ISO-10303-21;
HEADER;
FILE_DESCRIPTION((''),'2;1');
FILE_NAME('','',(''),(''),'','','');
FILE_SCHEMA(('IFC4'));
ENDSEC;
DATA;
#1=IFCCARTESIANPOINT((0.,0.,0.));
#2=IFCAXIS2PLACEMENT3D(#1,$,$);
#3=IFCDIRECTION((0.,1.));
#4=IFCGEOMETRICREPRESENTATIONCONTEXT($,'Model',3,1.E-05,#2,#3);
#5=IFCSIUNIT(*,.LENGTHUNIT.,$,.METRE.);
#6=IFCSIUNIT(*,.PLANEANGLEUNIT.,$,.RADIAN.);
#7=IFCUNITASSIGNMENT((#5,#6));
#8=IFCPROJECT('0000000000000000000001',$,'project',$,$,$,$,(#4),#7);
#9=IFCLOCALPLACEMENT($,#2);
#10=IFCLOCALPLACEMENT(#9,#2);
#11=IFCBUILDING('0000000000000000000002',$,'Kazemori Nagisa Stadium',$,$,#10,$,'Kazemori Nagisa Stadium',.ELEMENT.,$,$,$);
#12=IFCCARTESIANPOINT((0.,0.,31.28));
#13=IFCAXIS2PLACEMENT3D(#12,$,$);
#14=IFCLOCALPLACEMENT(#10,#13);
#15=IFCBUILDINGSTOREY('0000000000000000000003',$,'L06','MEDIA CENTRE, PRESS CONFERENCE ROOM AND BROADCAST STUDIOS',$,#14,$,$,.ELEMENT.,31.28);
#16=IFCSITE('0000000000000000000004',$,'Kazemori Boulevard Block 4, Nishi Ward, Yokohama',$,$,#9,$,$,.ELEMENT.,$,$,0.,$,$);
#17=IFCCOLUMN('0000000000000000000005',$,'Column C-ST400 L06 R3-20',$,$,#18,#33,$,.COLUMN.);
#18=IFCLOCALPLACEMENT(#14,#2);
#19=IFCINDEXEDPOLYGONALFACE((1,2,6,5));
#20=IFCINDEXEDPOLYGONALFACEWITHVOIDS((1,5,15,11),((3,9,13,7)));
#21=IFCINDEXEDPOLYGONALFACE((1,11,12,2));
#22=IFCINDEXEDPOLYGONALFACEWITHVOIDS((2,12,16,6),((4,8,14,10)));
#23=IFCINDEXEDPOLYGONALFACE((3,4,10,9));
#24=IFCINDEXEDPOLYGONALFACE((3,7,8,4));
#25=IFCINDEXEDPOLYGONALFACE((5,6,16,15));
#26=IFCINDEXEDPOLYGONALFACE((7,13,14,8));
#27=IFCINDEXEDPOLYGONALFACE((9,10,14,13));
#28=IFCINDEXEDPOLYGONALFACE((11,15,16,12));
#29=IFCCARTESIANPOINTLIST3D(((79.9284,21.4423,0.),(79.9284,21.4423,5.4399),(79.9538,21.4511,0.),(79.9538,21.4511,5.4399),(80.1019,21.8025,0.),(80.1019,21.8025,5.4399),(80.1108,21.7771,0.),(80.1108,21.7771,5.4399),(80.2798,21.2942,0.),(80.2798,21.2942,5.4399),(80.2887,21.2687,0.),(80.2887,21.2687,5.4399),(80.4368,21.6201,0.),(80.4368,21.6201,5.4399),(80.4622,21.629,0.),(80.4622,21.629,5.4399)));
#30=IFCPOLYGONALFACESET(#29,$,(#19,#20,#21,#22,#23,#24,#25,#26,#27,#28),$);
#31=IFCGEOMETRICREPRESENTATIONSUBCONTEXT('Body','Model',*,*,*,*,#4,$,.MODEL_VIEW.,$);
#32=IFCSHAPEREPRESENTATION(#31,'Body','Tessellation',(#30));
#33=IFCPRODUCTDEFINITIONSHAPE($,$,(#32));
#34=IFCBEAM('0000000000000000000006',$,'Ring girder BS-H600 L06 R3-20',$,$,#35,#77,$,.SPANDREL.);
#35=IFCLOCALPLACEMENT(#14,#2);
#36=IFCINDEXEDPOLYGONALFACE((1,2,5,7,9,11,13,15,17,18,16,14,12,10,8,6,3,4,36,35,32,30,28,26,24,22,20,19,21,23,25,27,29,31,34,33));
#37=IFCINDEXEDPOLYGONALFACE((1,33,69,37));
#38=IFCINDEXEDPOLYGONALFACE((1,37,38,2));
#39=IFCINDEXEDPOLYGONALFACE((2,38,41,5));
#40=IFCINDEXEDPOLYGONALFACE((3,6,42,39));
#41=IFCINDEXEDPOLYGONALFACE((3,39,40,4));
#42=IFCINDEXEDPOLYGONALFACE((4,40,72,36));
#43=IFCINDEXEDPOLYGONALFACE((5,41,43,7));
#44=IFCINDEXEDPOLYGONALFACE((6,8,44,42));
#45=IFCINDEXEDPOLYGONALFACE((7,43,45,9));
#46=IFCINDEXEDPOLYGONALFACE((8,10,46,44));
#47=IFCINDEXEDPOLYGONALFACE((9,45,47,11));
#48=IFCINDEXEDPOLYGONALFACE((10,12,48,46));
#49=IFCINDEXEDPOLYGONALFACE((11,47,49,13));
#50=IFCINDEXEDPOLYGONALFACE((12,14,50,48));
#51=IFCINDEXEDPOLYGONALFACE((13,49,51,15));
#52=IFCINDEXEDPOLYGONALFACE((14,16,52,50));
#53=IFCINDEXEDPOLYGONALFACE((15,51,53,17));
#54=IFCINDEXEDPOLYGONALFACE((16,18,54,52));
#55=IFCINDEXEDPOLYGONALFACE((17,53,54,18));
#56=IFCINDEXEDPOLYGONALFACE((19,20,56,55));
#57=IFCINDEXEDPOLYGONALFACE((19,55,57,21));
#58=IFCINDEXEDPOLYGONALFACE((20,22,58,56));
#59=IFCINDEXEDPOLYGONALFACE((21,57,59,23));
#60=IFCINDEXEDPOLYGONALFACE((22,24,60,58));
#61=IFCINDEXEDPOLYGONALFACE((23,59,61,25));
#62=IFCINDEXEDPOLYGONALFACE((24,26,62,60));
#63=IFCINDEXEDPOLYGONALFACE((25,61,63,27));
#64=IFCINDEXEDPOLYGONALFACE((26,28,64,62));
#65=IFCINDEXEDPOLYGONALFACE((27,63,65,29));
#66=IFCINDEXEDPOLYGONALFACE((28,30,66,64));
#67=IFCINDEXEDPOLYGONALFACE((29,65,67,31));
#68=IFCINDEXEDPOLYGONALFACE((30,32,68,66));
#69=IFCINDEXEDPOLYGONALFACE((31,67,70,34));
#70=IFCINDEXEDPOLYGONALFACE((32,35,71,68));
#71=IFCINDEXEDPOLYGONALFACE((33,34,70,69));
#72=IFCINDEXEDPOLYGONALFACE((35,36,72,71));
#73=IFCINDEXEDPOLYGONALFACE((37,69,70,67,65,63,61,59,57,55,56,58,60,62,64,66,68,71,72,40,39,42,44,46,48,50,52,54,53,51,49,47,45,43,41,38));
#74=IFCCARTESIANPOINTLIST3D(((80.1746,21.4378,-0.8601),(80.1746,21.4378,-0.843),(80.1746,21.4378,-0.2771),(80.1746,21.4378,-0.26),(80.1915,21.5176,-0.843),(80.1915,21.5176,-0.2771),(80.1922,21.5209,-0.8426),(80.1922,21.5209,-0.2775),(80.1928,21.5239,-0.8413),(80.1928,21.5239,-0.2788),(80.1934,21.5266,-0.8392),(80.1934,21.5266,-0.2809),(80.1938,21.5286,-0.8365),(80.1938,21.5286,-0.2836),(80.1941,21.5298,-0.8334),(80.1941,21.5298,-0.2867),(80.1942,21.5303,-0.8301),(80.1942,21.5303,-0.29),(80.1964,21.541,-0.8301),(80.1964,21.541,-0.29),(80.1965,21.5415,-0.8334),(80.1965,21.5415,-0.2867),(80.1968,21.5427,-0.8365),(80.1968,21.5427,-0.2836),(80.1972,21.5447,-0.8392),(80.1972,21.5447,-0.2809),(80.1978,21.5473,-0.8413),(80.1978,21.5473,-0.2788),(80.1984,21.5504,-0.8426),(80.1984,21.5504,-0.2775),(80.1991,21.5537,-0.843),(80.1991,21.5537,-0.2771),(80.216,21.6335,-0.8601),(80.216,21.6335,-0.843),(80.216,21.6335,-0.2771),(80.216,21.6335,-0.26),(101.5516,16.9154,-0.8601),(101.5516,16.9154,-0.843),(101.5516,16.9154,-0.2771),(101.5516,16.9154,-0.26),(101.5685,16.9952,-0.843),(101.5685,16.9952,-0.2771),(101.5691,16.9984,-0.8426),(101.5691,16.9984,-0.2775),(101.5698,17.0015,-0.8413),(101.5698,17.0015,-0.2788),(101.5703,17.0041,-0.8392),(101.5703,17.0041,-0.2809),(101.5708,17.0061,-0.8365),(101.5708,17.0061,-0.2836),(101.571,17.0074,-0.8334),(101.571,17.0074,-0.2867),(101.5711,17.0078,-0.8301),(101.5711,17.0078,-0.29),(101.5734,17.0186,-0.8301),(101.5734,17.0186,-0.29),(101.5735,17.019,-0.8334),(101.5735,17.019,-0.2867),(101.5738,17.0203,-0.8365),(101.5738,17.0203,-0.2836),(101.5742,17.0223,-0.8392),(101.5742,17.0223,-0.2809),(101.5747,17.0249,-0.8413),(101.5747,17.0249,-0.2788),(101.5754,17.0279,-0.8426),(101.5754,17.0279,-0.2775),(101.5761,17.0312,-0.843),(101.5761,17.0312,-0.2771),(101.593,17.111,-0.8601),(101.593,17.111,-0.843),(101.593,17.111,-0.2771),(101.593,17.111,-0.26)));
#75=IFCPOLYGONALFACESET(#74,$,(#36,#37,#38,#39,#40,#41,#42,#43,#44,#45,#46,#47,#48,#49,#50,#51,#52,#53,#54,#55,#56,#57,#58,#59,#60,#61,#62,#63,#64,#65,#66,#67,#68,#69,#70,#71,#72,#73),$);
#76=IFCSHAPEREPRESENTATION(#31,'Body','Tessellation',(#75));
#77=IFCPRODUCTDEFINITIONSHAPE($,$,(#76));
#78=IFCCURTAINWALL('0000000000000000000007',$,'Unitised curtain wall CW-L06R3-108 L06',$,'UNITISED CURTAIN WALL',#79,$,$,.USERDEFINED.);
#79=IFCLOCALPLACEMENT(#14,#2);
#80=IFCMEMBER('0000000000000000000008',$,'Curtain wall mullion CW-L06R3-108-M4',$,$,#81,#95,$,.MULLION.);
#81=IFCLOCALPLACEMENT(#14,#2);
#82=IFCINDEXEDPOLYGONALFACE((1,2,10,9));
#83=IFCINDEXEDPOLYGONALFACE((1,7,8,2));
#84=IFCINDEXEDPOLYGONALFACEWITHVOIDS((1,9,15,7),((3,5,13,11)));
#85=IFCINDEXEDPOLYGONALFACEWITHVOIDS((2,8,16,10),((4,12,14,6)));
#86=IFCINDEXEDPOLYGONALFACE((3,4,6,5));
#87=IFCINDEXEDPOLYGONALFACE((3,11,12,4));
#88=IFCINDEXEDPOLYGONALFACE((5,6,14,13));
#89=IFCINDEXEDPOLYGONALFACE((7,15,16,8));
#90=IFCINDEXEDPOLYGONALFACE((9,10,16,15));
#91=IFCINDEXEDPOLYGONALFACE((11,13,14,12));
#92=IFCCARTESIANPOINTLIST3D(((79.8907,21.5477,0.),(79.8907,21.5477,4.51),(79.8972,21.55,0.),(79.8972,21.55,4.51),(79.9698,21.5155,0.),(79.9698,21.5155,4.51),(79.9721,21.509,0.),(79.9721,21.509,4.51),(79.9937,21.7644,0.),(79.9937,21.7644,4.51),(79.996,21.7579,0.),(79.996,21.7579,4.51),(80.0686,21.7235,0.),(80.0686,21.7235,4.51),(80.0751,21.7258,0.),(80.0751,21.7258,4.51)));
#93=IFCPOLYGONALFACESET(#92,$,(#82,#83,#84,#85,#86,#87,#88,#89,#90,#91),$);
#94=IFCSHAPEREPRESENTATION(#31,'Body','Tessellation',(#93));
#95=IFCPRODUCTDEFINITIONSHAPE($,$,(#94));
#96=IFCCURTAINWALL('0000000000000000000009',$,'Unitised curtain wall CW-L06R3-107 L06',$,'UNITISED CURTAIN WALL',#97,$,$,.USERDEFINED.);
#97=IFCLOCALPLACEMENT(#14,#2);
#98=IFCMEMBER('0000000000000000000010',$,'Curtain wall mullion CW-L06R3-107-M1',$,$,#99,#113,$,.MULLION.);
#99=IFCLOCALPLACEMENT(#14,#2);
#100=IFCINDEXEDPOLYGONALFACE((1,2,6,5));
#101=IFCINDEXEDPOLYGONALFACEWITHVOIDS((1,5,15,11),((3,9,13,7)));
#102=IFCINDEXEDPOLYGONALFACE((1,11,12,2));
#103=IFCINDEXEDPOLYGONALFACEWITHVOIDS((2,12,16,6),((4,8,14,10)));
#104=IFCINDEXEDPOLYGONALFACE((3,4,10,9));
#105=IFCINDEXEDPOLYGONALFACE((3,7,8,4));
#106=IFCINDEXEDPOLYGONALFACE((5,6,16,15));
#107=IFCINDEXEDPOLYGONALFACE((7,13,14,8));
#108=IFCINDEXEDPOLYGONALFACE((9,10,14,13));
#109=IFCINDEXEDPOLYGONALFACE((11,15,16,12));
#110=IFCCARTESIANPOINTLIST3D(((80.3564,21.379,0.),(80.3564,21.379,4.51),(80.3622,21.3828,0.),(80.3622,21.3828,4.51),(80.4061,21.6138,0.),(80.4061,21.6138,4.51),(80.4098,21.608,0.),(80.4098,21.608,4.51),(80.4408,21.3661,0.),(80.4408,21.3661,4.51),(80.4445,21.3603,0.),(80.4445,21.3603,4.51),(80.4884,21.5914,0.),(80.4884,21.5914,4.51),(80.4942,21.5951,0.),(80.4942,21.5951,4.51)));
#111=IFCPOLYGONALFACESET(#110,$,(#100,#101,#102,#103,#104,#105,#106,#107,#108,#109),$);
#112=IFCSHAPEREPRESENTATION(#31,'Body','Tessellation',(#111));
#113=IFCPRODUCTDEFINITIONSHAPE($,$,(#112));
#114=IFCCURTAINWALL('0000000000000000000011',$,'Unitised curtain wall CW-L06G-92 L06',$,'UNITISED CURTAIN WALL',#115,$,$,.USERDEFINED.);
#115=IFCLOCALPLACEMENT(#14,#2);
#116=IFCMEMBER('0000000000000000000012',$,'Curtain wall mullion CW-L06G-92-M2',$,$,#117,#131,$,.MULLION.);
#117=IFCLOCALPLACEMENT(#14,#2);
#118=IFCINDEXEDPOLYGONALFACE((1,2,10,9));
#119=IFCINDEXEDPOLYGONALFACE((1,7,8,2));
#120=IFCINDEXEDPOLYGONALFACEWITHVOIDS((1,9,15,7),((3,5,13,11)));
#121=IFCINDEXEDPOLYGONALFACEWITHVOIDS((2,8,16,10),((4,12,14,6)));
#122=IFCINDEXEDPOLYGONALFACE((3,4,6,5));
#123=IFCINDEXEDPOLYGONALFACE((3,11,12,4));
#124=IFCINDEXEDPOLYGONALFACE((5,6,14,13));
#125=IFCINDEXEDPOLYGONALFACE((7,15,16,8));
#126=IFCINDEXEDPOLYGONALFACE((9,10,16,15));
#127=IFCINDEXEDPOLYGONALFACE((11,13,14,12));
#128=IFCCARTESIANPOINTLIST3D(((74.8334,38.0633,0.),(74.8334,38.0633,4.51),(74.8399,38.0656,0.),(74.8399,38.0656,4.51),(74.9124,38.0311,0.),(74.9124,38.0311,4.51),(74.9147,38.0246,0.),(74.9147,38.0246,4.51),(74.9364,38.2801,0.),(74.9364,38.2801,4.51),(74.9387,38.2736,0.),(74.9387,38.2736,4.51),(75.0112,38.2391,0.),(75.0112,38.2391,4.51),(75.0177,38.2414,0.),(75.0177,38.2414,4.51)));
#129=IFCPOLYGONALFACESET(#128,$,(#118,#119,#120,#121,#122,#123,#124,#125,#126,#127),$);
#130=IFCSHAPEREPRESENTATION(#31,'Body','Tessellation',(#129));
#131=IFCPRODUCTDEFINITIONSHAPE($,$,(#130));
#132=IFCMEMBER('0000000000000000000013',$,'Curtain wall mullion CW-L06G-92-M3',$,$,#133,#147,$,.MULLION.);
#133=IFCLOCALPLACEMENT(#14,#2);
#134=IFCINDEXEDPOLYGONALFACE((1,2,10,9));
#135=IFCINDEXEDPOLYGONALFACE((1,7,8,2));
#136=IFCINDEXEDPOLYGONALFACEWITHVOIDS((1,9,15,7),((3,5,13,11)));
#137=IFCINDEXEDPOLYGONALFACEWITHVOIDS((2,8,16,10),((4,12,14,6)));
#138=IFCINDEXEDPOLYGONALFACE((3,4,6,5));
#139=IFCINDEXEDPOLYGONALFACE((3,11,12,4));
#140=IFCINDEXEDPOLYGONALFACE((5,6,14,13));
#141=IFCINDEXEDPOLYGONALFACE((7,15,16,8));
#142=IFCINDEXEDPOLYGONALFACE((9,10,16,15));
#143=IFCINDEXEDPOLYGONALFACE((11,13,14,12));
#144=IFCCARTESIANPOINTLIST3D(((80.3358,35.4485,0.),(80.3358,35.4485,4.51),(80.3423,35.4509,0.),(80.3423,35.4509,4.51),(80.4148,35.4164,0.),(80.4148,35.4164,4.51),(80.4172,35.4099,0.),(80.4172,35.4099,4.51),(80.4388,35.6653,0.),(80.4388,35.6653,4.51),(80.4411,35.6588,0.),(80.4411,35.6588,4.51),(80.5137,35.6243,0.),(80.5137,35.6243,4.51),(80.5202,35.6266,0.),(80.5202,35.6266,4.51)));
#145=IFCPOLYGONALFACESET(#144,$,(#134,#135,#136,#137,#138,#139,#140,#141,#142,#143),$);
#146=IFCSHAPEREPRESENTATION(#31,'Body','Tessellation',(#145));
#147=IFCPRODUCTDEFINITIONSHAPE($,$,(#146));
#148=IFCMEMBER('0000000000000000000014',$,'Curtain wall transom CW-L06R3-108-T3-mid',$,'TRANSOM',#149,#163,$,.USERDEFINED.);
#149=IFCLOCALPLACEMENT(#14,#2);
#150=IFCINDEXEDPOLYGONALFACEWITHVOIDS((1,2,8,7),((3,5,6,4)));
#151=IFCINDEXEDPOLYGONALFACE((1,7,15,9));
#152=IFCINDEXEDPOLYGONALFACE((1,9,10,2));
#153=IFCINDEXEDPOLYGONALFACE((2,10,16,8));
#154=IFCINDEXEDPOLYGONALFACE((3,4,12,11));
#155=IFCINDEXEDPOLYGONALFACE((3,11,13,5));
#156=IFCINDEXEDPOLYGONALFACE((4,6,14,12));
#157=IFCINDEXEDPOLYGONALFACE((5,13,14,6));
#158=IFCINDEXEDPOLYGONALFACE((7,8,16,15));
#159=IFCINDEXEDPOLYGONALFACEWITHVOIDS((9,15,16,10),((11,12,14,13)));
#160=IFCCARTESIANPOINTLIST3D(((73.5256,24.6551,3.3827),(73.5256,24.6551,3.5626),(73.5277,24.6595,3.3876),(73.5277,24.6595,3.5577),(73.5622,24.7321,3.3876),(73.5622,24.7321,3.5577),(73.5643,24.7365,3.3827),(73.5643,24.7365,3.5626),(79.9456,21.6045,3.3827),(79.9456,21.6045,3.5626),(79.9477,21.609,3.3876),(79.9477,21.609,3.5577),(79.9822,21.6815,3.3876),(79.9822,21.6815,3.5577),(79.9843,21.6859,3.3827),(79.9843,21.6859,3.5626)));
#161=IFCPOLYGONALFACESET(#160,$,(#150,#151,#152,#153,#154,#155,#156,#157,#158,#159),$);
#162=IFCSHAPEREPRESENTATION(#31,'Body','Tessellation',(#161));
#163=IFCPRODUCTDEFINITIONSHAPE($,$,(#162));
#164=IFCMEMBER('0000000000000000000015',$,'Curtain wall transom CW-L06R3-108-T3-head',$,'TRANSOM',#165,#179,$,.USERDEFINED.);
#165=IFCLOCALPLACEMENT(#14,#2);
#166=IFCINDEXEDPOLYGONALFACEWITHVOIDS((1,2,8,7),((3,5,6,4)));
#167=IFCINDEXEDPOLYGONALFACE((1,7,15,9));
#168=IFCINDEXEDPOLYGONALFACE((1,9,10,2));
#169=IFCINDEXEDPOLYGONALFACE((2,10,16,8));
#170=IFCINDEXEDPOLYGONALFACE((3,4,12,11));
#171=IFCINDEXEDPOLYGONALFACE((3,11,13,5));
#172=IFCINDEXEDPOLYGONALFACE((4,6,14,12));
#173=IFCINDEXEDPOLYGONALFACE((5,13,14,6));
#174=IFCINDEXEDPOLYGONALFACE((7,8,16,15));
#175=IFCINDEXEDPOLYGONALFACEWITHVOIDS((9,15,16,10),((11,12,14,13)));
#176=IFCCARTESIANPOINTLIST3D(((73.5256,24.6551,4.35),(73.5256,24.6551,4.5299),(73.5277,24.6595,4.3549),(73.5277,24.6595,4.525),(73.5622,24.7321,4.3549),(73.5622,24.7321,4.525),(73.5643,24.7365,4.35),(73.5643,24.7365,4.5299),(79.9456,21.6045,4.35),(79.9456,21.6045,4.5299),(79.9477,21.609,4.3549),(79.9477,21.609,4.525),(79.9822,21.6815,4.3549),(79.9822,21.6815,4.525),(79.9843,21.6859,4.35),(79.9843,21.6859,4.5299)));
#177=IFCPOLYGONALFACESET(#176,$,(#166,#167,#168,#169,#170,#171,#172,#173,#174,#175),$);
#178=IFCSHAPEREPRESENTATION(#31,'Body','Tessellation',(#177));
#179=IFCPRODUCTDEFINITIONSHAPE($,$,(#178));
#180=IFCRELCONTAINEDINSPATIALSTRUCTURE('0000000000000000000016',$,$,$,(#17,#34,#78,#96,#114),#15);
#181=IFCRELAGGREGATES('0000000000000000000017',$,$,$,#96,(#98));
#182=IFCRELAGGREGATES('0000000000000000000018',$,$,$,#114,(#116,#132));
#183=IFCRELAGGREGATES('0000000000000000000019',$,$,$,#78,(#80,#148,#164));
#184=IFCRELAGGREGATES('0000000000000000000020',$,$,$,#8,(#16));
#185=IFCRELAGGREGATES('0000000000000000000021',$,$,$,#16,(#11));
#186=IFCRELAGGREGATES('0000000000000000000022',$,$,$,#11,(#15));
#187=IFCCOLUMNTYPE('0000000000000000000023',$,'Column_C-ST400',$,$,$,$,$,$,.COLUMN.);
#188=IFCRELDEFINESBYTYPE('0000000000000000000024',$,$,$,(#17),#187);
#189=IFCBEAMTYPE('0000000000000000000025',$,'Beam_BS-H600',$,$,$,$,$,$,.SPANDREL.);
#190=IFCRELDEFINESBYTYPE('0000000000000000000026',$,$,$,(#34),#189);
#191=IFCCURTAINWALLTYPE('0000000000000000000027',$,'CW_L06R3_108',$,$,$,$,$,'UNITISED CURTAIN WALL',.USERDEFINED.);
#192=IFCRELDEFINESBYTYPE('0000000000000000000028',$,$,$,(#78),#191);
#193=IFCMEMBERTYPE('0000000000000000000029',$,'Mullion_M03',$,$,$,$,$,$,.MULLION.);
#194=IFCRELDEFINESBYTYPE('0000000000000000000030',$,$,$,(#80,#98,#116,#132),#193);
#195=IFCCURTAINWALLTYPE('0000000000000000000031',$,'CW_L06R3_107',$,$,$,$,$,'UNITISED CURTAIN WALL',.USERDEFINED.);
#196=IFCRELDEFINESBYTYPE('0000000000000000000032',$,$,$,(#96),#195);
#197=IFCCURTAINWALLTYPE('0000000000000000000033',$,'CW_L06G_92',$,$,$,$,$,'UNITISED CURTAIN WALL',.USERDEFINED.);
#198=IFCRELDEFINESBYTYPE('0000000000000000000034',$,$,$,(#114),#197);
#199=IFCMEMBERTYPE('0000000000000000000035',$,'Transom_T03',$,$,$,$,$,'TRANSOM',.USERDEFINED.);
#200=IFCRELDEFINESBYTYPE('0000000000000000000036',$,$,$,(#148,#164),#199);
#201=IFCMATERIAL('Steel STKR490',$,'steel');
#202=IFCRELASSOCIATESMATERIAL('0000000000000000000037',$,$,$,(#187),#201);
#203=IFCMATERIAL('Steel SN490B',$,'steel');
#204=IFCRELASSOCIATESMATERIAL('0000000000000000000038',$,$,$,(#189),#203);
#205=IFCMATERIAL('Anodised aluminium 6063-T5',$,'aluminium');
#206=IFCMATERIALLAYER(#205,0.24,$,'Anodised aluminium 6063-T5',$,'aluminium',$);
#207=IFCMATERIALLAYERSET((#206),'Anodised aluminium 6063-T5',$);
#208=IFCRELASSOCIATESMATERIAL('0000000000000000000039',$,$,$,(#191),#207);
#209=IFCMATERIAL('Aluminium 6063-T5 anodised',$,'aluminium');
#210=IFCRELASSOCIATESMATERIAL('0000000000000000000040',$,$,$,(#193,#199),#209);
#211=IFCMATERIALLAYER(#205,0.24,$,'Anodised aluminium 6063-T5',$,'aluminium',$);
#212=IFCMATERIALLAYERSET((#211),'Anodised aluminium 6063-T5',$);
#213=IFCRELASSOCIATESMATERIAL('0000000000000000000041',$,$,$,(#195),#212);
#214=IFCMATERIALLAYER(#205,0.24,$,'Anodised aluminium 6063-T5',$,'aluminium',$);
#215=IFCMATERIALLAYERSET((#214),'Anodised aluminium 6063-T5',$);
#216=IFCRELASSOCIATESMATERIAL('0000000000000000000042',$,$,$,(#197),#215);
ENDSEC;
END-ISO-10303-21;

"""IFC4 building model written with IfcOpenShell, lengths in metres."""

from ifc_helpers import new_model, si_unit, direction, frame, origin, origin_2d, place, context, subcontext, project, spatial, hollow_rectangle, i_section, extrude, material, layer, layer_set, material_profile, profile_set, type_object, element, aggregate, save


model = new_model("IFC4")

# Units and contexts
model_context = context("Model", 3, precision=1e-05, world=origin(), true_north=direction((0.0, 1.0)))
body_context = subcontext(model_context, "Body", "Model", "MODEL_VIEW")
ifc_project = project(units=[si_unit("LENGTHUNIT", "METRE"), si_unit("PLANEANGLEUNIT", "RADIAN")], contexts=[model_context])

# Site, building, storey
site_placement = place(None, origin())
site = spatial("IfcSite", under=ifc_project, at=site_placement, Name="Kazemori Boulevard Block 4, Nishi Ward, Yokohama", CompositionType="ELEMENT", RefElevation=0.0)
building_placement = place(site_placement, origin())
building = spatial("IfcBuilding", under=site, at=building_placement, Name="Kazemori Nagisa Stadium", LongName="Kazemori Nagisa Stadium", CompositionType="ELEMENT")
storey_placement = place(building_placement, frame((0.0, 0.0, 31.28)))
storey = spatial("IfcBuildingStorey", under=building, at=storey_placement, Name="L06", Description="MEDIA CENTRE, PRESS CONFERENCE ROOM AND BROADCAST STUDIOS", CompositionType="ELEMENT", Elevation=31.28)

# Column
ifc_material_1 = material(Name="Steel STKR490", Category="steel")
ifc_material_profile_1 = material_profile(ifc_material_1, hollow_rectangle(XDim=0.3999, YDim=0.3999, WallThickness=0.019, at=origin_2d()), Name="SHS-400x400x19")
ifc_profile_set_1 = profile_set([ifc_material_profile_1], Name="Steel STKR490")
column_type = type_object("IfcColumnType", Name="Column_C-ST400", PredefinedType="COLUMN", material=ifc_profile_set_1)
column_placement = place(storey_placement, frame((80.1953, 21.5356, 0.0), z_axis=(0.0, 0.0, 1.0), x_axis=(-0.433884, -0.900969, 0.0)))
element("IfcColumn", 1, at=column_placement, inside=storey, type_object=column_type, Name="Column C-ST400 L06 R3-20", PredefinedType="COLUMN", context=body_context, shape_type="SweptSolid", body=[
    extrude(hollow_rectangle(XDim=0.3999, YDim=0.3999, WallThickness=0.019, at=origin_2d()), origin(), (0.0, 0.0, 1.0), 5.4399),
])

# Beam
ifc_material_2 = material(Name="Steel SN490B", Category="steel")
ifc_material_profile_2 = material_profile(ifc_material_2, i_section(OverallWidth=0.2, OverallDepth=0.6001, WebThickness=0.011, FlangeThickness=0.0171, FilletRadius=0.0129, at=origin_2d()), Name="H-600x200x11x17")
ifc_profile_set_2 = profile_set([ifc_material_profile_2], Name="Steel SN490B")
beam_type = type_object("IfcBeamType", Name="Beam_BS-H600", PredefinedType="SPANDREL", material=ifc_profile_set_2)
beam_placement = place(storey_placement, frame((80.1953, 21.5356, -0.5601), z_axis=(0.978346, -0.206977, 0.0), x_axis=(0.206977, 0.978346, 0.0)))
element("IfcBeam", 2, at=beam_placement, inside=storey, type_object=beam_type, Name="Ring girder BS-H600 L06 R3-20", PredefinedType="SPANDREL", context=body_context, shape_type="SweptSolid", body=[
    extrude(i_section(OverallWidth=0.2, OverallDepth=0.6001, WebThickness=0.011, FlangeThickness=0.0171, FilletRadius=0.0129, at=origin_2d()), origin(), (0.0, 0.0, 1.0), 21.8501),
])

# Curtain walls, members
ifc_material_3 = material(Name="Anodised aluminium 6063-T5", Category="aluminium")
ifc_layer_1 = layer(ifc_material_3, 0.24, Name="Anodised aluminium 6063-T5", Category="aluminium")
ifc_layer_set_1 = layer_set([ifc_layer_1], Name="Anodised aluminium 6063-T5")
curtain_wall_type_1 = type_object("IfcCurtainWallType", Name="CW_L06R3_108", ElementType="UNITISED CURTAIN WALL", PredefinedType="USERDEFINED", material=ifc_layer_set_1)
curtain_wall_1_placement = place(storey_placement, origin())
curtain_wall_1 = element("IfcCurtainWall", 3, at=curtain_wall_1_placement, inside=storey, type_object=curtain_wall_type_1, Name="Unitised curtain wall CW-L06R3-108 L06", ObjectType="UNITISED CURTAIN WALL", PredefinedType="USERDEFINED")
ifc_material_4 = material(Name="Aluminium 6063-T5 anodised", Category="aluminium")
ifc_material_profile_3 = material_profile(ifc_material_4, hollow_rectangle(XDim=0.0901, YDim=0.24, WallThickness=0.0049, at=origin_2d()), Name="ALU-MULL-90x240x5")
ifc_profile_set_3 = profile_set([ifc_material_profile_3], Name="Aluminium 6063-T5 anodised")
member_type_1 = type_object("IfcMemberType", Name="Mullion_M03", PredefinedType="MULLION", material=ifc_profile_set_3)
member_1_placement = place(storey_placement, frame((79.9829, 21.6367, 0.0), z_axis=(0.0, 0.0, 1.0), x_axis=(0.903216, -0.429186, 0.0)))
member_1 = element("IfcMember", 4, at=member_1_placement, type_object=member_type_1, Name="Curtain wall mullion CW-L06R3-108-M4", PredefinedType="MULLION", context=body_context, shape_type="SweptSolid", body=[
    extrude(hollow_rectangle(XDim=0.0901, YDim=0.24, WallThickness=0.0049, at=origin_2d()), origin(), (0.0, 0.0, 1.0), 4.51),
])
ifc_layer_2 = layer(ifc_material_3, 0.24, Name="Anodised aluminium 6063-T5", Category="aluminium")
ifc_layer_set_2 = layer_set([ifc_layer_2], Name="Anodised aluminium 6063-T5")
curtain_wall_type_2 = type_object("IfcCurtainWallType", Name="CW_L06R3_107", ElementType="UNITISED CURTAIN WALL", PredefinedType="USERDEFINED", material=ifc_layer_set_2)
curtain_wall_2_placement = place(storey_placement, origin())
curtain_wall_2 = element("IfcCurtainWall", 5, at=curtain_wall_2_placement, inside=storey, type_object=curtain_wall_type_2, Name="Unitised curtain wall CW-L06R3-107 L06", ObjectType="UNITISED CURTAIN WALL", PredefinedType="USERDEFINED")
member_2_placement = place(storey_placement, frame((80.4253, 21.4871, 0.0), z_axis=(0.0, 0.0, 1.0), x_axis=(0.978345, -0.206981, 0.0)))
member_2 = element("IfcMember", 6, at=member_2_placement, type_object=member_type_1, Name="Curtain wall mullion CW-L06R3-107-M1", PredefinedType="MULLION", context=body_context, shape_type="SweptSolid", body=[
    extrude(hollow_rectangle(XDim=0.0901, YDim=0.24, WallThickness=0.0049, at=origin_2d()), origin(), (0.0, 0.0, 1.0), 4.51),
])

# Curtain wall, members
ifc_layer_3 = layer(ifc_material_3, 0.24, Name="Anodised aluminium 6063-T5", Category="aluminium")
ifc_layer_set_3 = layer_set([ifc_layer_3], Name="Anodised aluminium 6063-T5")
curtain_wall_type_3 = type_object("IfcCurtainWallType", Name="CW_L06G_92", ElementType="UNITISED CURTAIN WALL", PredefinedType="USERDEFINED", material=ifc_layer_set_3)
curtain_wall_3_placement = place(storey_placement, origin())
curtain_wall_3 = element("IfcCurtainWall", 7, at=curtain_wall_3_placement, inside=storey, type_object=curtain_wall_type_3, Name="Unitised curtain wall CW-L06G-92 L06", ObjectType="UNITISED CURTAIN WALL", PredefinedType="USERDEFINED")
member_3_placement = place(storey_placement, frame((74.9255, 38.1523, 0.0), z_axis=(0.0, 0.0, 1.0), x_axis=(0.903216, -0.429186, 0.0)))
member_3 = element("IfcMember", 8, at=member_3_placement, type_object=member_type_1, Name="Curtain wall mullion CW-L06G-92-M2", PredefinedType="MULLION", context=body_context, shape_type="SweptSolid", body=[
    extrude(hollow_rectangle(XDim=0.0901, YDim=0.24, WallThickness=0.0049, at=origin_2d()), origin(), (0.0, 0.0, 1.0), 4.51),
])
member_4_placement = place(storey_placement, frame((80.428, 35.5376, 0.0), z_axis=(0.0, 0.0, 1.0), x_axis=(0.903216, -0.429186, 0.0)))
member_4 = element("IfcMember", 9, at=member_4_placement, type_object=member_type_1, Name="Curtain wall mullion CW-L06G-92-M3", PredefinedType="MULLION", context=body_context, shape_type="SweptSolid", body=[
    extrude(hollow_rectangle(XDim=0.0901, YDim=0.24, WallThickness=0.0049, at=origin_2d()), origin(), (0.0, 0.0, 1.0), 4.51),
])

# Members
ifc_material_profile_4 = material_profile(ifc_material_4, hollow_rectangle(XDim=0.0901, YDim=0.1799, WallThickness=0.0049, at=origin_2d()), Name="ALU-TRAN-90x180x5")
ifc_profile_set_4 = profile_set([ifc_material_profile_4], Name="Aluminium 6063-T5 anodised")
member_type_2 = type_object("IfcMemberType", Name="Transom_T03", ElementType="TRANSOM", PredefinedType="USERDEFINED", material=ifc_profile_set_4)
member_5_placement = place(storey_placement, frame((73.5449, 24.6958, 3.4727), z_axis=(0.903219, -0.42918, 0.0), x_axis=(0.42918, 0.903219, 0.0)))
member_5 = element("IfcMember", 10, at=member_5_placement, type_object=member_type_2, Name="Curtain wall transom CW-L06R3-108-T3-mid", ObjectType="TRANSOM", PredefinedType="USERDEFINED", context=body_context, shape_type="SweptSolid", body=[
    extrude(hollow_rectangle(XDim=0.0901, YDim=0.1799, WallThickness=0.0049, at=origin_2d()), origin(), (0.0, 0.0, 1.0), 7.1079),
])
member_6_placement = place(storey_placement, frame((73.5449, 24.6958, 4.4399), z_axis=(0.903219, -0.42918, 0.0), x_axis=(0.42918, 0.903219, 0.0)))
member_6 = element("IfcMember", 11, at=member_6_placement, type_object=member_type_2, Name="Curtain wall transom CW-L06R3-108-T3-head", ObjectType="TRANSOM", PredefinedType="USERDEFINED", context=body_context, shape_type="SweptSolid", body=[
    extrude(hollow_rectangle(XDim=0.0901, YDim=0.1799, WallThickness=0.0049, at=origin_2d()), origin(), (0.0, 0.0, 1.0), 7.1079),
])
aggregate(curtain_wall_2, [member_2])

aggregate(curtain_wall_3, [member_3, member_4])
aggregate(curtain_wall_1, [member_1, member_5, member_6])

save(model, "model.ifc")
